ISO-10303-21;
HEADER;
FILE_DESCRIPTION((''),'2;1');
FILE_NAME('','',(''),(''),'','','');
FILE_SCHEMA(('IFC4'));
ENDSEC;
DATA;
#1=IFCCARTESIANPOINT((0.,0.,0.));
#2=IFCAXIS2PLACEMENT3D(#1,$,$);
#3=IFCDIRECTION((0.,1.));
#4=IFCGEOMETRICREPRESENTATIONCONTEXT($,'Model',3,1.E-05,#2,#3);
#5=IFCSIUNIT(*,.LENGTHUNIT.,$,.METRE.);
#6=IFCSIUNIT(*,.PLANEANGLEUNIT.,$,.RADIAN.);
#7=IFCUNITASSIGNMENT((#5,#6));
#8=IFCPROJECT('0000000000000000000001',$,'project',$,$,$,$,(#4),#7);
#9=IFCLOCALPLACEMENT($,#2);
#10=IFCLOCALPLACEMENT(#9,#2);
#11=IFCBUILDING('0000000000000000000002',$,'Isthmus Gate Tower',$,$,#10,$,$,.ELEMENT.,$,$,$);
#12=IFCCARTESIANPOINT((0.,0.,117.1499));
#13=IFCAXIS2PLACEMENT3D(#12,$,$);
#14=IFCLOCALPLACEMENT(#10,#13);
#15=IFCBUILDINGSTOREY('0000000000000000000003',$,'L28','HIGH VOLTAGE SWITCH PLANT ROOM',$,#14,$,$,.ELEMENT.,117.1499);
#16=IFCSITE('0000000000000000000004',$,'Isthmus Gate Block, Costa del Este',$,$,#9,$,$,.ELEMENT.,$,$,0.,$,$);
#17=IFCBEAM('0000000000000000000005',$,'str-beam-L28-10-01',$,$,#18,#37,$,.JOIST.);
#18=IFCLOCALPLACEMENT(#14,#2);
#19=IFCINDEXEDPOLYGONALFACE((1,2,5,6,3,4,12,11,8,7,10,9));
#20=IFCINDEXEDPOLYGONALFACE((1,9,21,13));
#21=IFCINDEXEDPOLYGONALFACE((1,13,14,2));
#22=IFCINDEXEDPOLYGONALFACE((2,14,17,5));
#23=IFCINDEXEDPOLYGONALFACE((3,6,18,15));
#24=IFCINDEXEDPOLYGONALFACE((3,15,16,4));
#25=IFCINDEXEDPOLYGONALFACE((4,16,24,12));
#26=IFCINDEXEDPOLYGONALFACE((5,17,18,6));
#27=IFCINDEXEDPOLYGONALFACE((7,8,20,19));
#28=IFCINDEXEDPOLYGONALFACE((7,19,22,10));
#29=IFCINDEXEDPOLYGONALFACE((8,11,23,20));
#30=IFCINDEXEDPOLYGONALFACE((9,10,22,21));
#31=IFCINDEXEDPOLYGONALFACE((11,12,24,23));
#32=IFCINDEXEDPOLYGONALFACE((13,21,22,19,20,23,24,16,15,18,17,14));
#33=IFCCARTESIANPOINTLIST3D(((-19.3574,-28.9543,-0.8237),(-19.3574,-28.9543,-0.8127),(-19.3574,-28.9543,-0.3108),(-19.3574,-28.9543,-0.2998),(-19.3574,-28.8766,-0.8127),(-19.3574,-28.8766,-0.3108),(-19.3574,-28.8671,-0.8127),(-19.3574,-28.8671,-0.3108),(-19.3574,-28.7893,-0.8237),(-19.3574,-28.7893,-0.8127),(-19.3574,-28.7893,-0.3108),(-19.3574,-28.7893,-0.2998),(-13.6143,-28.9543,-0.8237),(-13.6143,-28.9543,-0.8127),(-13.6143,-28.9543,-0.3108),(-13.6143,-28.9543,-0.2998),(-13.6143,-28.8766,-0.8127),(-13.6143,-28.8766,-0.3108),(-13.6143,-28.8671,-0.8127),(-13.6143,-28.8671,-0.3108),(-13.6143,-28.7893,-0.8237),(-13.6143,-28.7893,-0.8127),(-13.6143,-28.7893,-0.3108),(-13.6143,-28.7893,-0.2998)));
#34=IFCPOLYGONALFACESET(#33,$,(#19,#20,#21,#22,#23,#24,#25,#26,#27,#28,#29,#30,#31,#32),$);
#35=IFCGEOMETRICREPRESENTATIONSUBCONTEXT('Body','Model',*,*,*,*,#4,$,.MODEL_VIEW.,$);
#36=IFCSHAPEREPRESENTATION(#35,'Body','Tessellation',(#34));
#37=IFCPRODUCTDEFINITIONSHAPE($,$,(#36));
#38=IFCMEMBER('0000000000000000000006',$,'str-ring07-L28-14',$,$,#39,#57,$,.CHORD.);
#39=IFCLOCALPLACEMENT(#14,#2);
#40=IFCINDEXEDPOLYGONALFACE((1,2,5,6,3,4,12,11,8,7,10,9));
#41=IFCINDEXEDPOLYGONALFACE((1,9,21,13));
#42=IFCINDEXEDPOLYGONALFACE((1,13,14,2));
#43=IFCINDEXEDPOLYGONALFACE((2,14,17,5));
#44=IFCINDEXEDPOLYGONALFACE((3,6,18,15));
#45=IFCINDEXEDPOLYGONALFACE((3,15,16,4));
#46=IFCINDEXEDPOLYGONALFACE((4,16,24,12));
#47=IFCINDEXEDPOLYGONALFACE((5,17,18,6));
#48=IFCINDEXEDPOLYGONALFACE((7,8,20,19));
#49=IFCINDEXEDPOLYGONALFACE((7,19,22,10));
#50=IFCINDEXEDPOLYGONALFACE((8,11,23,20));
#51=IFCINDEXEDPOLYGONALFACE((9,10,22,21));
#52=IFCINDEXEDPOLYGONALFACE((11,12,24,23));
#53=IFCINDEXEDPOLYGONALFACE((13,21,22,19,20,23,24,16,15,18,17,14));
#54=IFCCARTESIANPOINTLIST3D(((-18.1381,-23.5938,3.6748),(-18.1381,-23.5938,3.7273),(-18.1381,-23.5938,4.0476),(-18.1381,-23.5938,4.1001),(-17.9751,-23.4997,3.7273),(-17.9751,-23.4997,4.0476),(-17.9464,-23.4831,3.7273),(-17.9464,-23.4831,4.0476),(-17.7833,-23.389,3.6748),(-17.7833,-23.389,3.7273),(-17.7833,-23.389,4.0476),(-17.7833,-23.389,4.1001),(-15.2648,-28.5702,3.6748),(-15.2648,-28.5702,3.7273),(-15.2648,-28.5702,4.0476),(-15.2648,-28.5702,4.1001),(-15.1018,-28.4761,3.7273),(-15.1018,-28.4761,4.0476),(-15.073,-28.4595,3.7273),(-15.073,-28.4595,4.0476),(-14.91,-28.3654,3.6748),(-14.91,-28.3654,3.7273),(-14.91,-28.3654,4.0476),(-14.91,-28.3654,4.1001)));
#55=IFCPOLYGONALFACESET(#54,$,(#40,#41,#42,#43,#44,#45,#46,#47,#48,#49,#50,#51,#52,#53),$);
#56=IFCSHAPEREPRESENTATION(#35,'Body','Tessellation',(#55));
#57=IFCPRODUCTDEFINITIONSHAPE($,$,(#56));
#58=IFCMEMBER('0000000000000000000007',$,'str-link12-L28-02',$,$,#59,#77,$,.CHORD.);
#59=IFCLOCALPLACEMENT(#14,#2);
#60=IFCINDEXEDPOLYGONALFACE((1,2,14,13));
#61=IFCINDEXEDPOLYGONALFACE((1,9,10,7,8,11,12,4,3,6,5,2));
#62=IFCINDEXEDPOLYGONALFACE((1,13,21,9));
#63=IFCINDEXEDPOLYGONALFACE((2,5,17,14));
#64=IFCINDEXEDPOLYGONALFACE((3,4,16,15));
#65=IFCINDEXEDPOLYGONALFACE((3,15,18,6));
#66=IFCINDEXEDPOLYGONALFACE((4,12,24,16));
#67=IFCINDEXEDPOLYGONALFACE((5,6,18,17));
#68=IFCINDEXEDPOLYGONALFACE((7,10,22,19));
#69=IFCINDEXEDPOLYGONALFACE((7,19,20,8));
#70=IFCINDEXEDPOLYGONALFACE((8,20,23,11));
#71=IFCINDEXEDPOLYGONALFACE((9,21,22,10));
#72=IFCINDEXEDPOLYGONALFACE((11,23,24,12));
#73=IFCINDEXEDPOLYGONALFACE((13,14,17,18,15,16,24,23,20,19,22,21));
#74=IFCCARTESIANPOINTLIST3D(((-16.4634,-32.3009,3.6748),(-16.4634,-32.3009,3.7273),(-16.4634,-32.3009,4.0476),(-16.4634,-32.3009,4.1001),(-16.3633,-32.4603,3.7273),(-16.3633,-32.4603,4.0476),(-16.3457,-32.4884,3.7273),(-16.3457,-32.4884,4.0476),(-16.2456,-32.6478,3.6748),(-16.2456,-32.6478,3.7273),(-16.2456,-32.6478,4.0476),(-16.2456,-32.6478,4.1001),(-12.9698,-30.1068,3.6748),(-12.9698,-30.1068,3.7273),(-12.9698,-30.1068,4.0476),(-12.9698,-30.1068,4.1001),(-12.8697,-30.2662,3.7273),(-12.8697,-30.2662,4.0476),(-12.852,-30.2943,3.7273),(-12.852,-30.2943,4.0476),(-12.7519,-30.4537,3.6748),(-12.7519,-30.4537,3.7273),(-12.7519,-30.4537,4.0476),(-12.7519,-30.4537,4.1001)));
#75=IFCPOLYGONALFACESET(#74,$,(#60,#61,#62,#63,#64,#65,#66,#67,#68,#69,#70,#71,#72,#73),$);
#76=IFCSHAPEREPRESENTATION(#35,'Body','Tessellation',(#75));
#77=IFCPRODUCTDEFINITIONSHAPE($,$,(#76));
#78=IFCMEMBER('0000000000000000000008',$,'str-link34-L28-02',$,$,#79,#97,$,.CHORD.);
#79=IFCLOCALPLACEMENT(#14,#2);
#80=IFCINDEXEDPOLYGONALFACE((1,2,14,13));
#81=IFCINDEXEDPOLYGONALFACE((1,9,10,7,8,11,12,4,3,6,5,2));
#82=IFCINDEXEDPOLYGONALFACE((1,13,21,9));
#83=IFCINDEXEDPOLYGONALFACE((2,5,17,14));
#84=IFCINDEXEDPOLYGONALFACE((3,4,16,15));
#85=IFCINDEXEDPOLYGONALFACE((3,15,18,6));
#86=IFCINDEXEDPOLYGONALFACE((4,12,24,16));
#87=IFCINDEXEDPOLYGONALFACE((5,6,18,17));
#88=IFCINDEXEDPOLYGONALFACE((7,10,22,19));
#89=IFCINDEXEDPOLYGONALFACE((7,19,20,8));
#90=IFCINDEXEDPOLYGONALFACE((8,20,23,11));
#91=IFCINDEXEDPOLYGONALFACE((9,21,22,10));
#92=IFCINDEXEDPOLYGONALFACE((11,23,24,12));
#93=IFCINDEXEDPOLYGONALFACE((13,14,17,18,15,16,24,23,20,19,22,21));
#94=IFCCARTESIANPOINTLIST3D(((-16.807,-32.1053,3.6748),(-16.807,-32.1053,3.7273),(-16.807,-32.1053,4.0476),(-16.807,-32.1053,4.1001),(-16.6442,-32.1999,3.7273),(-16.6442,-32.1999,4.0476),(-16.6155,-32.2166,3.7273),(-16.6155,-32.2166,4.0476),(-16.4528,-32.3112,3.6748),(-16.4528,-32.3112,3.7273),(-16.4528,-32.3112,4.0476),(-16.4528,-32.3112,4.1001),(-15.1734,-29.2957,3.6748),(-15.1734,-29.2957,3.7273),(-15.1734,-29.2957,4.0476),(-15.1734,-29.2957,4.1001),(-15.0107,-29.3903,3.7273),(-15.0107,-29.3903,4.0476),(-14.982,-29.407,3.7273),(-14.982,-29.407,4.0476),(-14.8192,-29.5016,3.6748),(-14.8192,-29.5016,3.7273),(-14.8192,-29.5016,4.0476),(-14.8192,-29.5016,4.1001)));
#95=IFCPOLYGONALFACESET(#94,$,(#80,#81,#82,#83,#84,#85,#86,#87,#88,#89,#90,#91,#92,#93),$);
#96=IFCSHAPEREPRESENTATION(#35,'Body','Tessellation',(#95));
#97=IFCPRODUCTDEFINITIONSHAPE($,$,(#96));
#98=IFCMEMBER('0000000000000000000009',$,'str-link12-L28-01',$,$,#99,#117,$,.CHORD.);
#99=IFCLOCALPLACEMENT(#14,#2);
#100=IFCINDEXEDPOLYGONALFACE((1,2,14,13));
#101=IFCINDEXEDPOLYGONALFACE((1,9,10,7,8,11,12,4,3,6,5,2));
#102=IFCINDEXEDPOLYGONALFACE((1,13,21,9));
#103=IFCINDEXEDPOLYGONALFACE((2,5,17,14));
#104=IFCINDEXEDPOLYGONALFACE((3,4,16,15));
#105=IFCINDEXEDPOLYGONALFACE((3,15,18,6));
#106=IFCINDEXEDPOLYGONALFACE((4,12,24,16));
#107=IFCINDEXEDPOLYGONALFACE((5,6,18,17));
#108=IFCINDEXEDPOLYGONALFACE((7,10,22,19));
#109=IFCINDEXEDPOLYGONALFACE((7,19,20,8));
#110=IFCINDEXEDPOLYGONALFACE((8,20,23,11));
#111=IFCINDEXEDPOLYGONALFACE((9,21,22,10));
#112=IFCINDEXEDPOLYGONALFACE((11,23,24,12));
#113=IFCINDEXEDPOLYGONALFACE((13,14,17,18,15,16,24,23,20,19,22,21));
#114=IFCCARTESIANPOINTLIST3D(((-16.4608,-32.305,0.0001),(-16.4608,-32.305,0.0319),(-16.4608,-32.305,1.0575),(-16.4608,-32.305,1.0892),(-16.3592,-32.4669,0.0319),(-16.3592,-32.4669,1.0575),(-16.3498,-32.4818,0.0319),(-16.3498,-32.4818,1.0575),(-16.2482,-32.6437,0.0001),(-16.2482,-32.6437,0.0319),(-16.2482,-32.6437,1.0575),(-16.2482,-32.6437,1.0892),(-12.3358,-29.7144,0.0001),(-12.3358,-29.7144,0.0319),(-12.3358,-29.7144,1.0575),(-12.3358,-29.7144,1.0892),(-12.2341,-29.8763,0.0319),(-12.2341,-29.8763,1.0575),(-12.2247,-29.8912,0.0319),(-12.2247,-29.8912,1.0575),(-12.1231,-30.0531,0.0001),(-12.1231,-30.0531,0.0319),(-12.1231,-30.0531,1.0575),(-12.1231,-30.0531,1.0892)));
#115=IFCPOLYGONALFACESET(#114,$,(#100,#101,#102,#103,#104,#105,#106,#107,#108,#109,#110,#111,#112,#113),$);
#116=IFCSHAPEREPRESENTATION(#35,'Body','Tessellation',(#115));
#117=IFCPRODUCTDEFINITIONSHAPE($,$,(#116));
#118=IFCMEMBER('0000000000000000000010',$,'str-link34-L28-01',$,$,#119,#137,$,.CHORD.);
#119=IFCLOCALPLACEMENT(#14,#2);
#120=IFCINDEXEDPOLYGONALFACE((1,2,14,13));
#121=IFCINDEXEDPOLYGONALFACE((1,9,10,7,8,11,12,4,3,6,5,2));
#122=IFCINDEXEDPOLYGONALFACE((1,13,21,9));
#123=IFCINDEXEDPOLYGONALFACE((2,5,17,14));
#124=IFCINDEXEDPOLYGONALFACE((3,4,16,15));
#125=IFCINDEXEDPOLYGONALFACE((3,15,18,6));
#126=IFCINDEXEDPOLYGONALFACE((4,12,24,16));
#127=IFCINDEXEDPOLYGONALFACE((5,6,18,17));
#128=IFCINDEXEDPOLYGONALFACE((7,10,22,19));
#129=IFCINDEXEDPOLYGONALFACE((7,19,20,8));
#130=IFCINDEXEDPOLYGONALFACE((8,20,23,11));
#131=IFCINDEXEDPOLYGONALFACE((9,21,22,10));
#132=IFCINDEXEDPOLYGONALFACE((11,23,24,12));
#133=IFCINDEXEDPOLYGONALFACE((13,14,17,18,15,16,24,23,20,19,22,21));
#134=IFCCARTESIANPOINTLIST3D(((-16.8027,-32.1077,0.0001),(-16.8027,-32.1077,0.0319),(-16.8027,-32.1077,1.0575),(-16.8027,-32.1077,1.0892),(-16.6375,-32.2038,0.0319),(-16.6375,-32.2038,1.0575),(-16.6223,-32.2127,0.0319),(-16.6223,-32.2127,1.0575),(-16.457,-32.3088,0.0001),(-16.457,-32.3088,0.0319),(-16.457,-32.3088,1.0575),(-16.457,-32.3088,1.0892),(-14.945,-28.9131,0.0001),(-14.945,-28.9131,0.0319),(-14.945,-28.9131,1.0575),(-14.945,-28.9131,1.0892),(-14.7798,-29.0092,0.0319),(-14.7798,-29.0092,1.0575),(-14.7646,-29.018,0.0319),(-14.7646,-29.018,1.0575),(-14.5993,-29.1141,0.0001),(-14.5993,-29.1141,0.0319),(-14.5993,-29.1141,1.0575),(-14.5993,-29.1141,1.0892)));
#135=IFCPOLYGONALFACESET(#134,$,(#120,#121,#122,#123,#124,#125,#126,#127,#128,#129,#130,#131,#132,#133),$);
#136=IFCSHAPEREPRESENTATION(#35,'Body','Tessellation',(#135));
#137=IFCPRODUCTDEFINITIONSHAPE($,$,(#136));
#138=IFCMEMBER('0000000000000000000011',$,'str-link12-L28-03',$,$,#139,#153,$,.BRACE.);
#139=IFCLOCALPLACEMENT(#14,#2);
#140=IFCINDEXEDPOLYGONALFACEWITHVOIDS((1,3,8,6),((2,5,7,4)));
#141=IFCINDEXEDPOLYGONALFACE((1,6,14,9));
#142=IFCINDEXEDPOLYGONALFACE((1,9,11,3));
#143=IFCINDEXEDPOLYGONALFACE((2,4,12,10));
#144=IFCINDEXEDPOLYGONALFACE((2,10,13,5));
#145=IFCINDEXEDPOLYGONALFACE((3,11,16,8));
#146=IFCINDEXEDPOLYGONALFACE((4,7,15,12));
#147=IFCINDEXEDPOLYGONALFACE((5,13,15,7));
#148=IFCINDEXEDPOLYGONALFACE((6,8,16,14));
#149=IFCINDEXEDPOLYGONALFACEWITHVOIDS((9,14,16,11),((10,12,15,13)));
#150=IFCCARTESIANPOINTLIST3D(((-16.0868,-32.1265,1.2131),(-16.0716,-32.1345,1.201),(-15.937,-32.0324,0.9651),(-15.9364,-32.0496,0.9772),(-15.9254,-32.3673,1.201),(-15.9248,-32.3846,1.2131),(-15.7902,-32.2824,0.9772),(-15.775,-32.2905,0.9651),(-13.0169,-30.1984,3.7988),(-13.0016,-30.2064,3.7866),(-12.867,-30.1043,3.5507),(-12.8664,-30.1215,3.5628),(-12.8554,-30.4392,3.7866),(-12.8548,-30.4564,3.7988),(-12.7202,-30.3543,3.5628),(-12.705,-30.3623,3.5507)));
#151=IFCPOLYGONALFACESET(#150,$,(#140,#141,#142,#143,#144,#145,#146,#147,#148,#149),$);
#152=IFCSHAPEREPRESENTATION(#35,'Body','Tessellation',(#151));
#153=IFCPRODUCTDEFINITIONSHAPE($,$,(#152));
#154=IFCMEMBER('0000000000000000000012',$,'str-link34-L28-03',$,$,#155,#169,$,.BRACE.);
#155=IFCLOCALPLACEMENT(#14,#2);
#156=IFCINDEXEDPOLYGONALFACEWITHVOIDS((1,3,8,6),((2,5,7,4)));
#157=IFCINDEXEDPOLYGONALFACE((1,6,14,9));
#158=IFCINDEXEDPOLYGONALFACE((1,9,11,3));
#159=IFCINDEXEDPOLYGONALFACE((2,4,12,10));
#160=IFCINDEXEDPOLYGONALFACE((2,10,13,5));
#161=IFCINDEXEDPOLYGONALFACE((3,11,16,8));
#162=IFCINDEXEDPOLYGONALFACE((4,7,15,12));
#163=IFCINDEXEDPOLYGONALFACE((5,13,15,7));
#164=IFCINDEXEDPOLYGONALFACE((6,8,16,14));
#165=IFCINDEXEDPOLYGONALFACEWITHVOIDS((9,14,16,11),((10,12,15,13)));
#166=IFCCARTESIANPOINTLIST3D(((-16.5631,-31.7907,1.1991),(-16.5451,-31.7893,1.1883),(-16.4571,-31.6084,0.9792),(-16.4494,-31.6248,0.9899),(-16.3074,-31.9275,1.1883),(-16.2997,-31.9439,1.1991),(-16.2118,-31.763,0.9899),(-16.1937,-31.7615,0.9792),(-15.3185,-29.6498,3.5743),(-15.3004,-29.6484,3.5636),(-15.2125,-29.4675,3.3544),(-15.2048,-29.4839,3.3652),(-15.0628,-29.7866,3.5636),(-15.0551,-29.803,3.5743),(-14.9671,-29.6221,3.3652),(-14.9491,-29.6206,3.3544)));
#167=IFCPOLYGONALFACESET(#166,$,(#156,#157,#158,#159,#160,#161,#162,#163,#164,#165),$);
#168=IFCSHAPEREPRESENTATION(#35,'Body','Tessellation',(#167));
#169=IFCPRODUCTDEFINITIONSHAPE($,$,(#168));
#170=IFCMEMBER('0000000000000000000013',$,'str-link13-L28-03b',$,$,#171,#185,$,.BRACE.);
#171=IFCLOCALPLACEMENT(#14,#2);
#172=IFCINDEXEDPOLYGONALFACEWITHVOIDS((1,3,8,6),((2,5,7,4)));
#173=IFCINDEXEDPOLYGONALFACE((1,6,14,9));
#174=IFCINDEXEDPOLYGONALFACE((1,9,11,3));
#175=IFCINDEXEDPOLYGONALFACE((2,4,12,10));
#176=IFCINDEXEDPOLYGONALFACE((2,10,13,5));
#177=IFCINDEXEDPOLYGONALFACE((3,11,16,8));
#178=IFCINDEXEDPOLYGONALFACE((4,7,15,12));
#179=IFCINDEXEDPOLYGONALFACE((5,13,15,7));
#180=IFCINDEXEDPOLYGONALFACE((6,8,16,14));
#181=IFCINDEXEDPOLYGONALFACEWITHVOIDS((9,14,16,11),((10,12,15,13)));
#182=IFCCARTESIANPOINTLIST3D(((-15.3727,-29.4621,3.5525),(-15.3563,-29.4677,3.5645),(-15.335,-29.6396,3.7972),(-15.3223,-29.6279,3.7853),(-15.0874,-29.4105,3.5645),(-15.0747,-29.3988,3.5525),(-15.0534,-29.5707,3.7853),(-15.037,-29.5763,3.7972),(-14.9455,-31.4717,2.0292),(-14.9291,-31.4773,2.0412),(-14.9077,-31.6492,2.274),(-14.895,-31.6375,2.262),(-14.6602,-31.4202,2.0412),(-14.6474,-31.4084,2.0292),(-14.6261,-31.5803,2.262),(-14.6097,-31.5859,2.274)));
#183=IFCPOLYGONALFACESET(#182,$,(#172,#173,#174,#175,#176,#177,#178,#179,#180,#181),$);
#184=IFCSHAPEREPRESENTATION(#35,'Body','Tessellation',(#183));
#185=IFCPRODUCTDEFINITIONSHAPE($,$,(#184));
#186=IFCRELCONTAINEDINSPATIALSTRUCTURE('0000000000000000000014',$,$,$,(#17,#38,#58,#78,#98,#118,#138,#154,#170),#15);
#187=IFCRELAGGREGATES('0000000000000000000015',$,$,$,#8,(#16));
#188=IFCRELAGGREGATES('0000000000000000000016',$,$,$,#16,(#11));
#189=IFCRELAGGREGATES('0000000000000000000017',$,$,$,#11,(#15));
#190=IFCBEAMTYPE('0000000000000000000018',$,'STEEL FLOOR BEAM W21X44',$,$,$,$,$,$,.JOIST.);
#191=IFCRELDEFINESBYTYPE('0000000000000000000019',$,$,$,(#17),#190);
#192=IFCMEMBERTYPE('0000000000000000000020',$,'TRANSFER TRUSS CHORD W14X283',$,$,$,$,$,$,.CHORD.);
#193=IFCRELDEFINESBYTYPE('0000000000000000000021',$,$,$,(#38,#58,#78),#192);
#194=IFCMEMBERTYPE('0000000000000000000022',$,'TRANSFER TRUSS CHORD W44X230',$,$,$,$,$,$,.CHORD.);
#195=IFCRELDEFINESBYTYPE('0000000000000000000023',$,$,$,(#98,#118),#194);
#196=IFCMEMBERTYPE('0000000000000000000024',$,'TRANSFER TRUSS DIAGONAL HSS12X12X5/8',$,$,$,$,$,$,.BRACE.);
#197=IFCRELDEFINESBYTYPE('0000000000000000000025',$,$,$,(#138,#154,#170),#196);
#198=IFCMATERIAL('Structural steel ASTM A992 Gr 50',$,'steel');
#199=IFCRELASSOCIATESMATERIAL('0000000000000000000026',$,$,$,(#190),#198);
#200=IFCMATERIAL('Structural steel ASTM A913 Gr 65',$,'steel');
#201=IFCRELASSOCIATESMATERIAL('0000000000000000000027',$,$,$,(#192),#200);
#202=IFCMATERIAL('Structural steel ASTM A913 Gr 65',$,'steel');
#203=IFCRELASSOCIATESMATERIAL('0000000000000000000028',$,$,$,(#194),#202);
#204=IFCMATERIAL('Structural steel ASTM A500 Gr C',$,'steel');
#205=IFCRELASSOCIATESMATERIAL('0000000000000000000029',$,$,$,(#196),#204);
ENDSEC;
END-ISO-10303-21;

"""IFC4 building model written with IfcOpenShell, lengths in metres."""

from ifc_helpers import new_model, si_unit, direction, frame, origin, origin_2d, place, context, subcontext, project, spatial, hollow_rectangle, i_section, extrude, material, material_profile, profile_set, type_object, element, save


model = new_model("IFC4")

# Units and contexts
model_context = context("Model", 3, precision=1e-05, world=origin(), true_north=direction((0.0, 1.0)))
body_context = subcontext(model_context, "Body", "Model", "MODEL_VIEW")
ifc_project = project(units=[si_unit("LENGTHUNIT", "METRE"), si_unit("PLANEANGLEUNIT", "RADIAN")], contexts=[model_context])

# Site, building, storey
site_placement = place(None, origin())
site = spatial("IfcSite", under=ifc_project, at=site_placement, Name="Isthmus Gate Block, Costa del Este", CompositionType="ELEMENT", RefElevation=0.0)
building_placement = place(site_placement, origin())
building = spatial("IfcBuilding", under=site, at=building_placement, Name="Isthmus Gate Tower", CompositionType="ELEMENT")
storey_placement = place(building_placement, frame((0.0, 0.0, 117.1499)))
storey = spatial("IfcBuildingStorey", under=building, at=storey_placement, Name="L28", Description="HIGH VOLTAGE SWITCH PLANT ROOM", CompositionType="ELEMENT", Elevation=117.1499)

# Beam
ifc_material_1 = material(Name="Structural steel ASTM A992 Gr 50", Category="steel")
ifc_material_profile_1 = material_profile(ifc_material_1, i_section(OverallWidth=0.165, OverallDepth=0.5239, WebThickness=0.0095, FlangeThickness=0.011, at=origin_2d()), Name="W21X44")
ifc_profile_set_1 = profile_set([ifc_material_profile_1], Name="Structural steel ASTM A992 Gr 50")
beam_type_1 = type_object("IfcBeamType", Name="STEEL FLOOR BEAM W21X44", PredefinedType="JOIST", material=ifc_profile_set_1)
beam_1_placement = place(storey_placement, frame((-19.3574, -28.8718, -0.5618), z_axis=(1.0, 0.0, 0.0), x_axis=(0.0, 1.0, 0.0)))
element("IfcBeam", 1, at=beam_1_placement, inside=storey, type_object=beam_type_1, Name="str-beam-L28-10-01", PredefinedType="JOIST", context=body_context, shape_type="SweptSolid", body=[
    extrude(i_section(OverallWidth=0.165, OverallDepth=0.5239, WebThickness=0.0095, FlangeThickness=0.011, at=origin_2d()), origin(), (0.0, 0.0, 1.0), 5.7432),
])

# Members
ifc_material_2 = material(Name="Structural steel ASTM A913 Gr 65", Category="steel")
ifc_material_profile_2 = material_profile(ifc_material_2, i_section(OverallWidth=0.4097, OverallDepth=0.4253, WebThickness=0.0332, FlangeThickness=0.0525, at=origin_2d()), Name="W14X283")
ifc_profile_set_2 = profile_set([ifc_material_profile_2], Name="Structural steel ASTM A913 Gr 65")
member_type_1 = type_object("IfcMemberType", Name="TRANSFER TRUSS CHORD W14X283", PredefinedType="CHORD", material=ifc_profile_set_2)
member_1_placement = place(storey_placement, frame((-15.0874, -28.4678, 3.8875), z_axis=(-0.500028, 0.866009, 0.0), x_axis=(-0.866009, -0.500028, 0.0)))
element("IfcMember", 2, at=member_1_placement, inside=storey, type_object=member_type_1, Name="str-ring07-L28-14", PredefinedType="CHORD", context=body_context, shape_type="SweptSolid", body=[
    extrude(i_section(OverallWidth=0.4097, OverallDepth=0.4253, WebThickness=0.0332, FlangeThickness=0.0525, at=origin_2d()), origin(), (0.0, 0.0, 1.0), 5.7463),
])
member_2_placement = place(storey_placement, frame((-16.3545, -32.4744, 3.8875), z_axis=(0.846846, 0.531838, 0.0), x_axis=(-0.531838, 0.846846, 0.0)))
element("IfcMember", 3, at=member_2_placement, inside=storey, type_object=member_type_1, Name="str-link12-L28-02", PredefinedType="CHORD", context=body_context, shape_type="SweptSolid", body=[
    extrude(i_section(OverallWidth=0.4097, OverallDepth=0.4253, WebThickness=0.0332, FlangeThickness=0.0525, at=origin_2d()), origin(), (0.0, 0.0, 1.0), 4.1255),
])
member_3_placement = place(storey_placement, frame((-16.6299, -32.2083, 3.8875), z_axis=(0.502637, 0.864497, 0.0), x_axis=(-0.864497, 0.502637, 0.0)))
element("IfcMember", 4, at=member_3_placement, inside=storey, type_object=member_type_1, Name="str-link34-L28-02", PredefinedType="CHORD", context=body_context, shape_type="SweptSolid", body=[
    extrude(i_section(OverallWidth=0.4097, OverallDepth=0.4253, WebThickness=0.0332, FlangeThickness=0.0525, at=origin_2d()), origin(), (0.0, 0.0, 1.0), 3.25),
])
ifc_material_3 = material(Name="Structural steel ASTM A913 Gr 65", Category="steel")
ifc_material_profile_3 = material_profile(ifc_material_3, i_section(OverallWidth=0.3999, OverallDepth=1.0891, WebThickness=0.0176, FlangeThickness=0.0317, at=origin_2d()), Name="W44X230")
ifc_profile_set_3 = profile_set([ifc_material_profile_3], Name="Structural steel ASTM A913 Gr 65")
member_type_2 = type_object("IfcMemberType", Name="TRANSFER TRUSS CHORD W44X230", PredefinedType="CHORD", material=ifc_profile_set_3)
member_4_placement = place(storey_placement, frame((-16.3545, -32.4744, 0.5447), z_axis=(0.846847, 0.531836, 0.0), x_axis=(-0.531836, 0.846847, 0.0)))
element("IfcMember", 5, at=member_4_placement, inside=storey, type_object=member_type_2, Name="str-link12-L28-01", PredefinedType="CHORD", context=body_context, shape_type="SweptSolid", body=[
    extrude(i_section(OverallWidth=0.3999, OverallDepth=1.0891, WebThickness=0.0176, FlangeThickness=0.0317, at=origin_2d()), origin(), (0.0, 0.0, 1.0), 4.8711),
])
member_5_placement = place(storey_placement, frame((-16.6299, -32.2083, 0.5447), z_axis=(0.502692, 0.864466, 0.0), x_axis=(-0.864466, 0.502692, 0.0)))
element("IfcMember", 6, at=member_5_placement, inside=storey, type_object=member_type_2, Name="str-link34-L28-01", PredefinedType="CHORD", context=body_context, shape_type="SweptSolid", body=[
    extrude(i_section(OverallWidth=0.3999, OverallDepth=1.0891, WebThickness=0.0176, FlangeThickness=0.0317, at=origin_2d()), origin(), (0.0, 0.0, 1.0), 3.6956),
])
ifc_material_4 = material(Name="Structural steel ASTM A500 Gr C", Category="steel")
ifc_material_profile_4 = material_profile(ifc_material_4, hollow_rectangle(XDim=0.3047, YDim=0.3047, WallThickness=0.0149, at=origin_2d()), Name="HSS12X12X5/8")
ifc_profile_set_4 = profile_set([ifc_material_profile_4], Name="Structural steel ASTM A500 Gr C")
member_type_3 = type_object("IfcMemberType", Name="TRANSFER TRUSS DIAGONAL HSS12X12X5/8", PredefinedType="BRACE", material=ifc_profile_set_4)
member_6_placement = place(storey_placement, frame((-15.9309, -32.2085, 1.0891), z_axis=(0.689439, 0.433017, 0.580664), x_axis=(-0.531868, 0.846827, 0.0)))
element("IfcMember", 7, at=member_6_placement, inside=storey, type_object=member_type_3, Name="str-link12-L28-03", PredefinedType="BRACE", context=body_context, shape_type="SweptSolid", body=[
    extrude(hollow_rectangle(XDim=0.3047, YDim=0.3047, WallThickness=0.0149, at=origin_2d()), origin(), (0.0, 0.0, 1.0), 4.4529),
])
member_7_placement = place(storey_placement, frame((-16.3784, -31.7761, 1.0891), z_axis=(0.362722, 0.623913, 0.692217), x_axis=(-0.864518, 0.502602, 0.0)))
element("IfcMember", 8, at=member_7_placement, inside=storey, type_object=member_type_3, Name="str-link34-L28-03", PredefinedType="BRACE", context=body_context, shape_type="SweptSolid", body=[
    extrude(hollow_rectangle(XDim=0.3047, YDim=0.3047, WallThickness=0.0149, at=origin_2d()), origin(), (0.0, 0.0, 1.0), 3.4314),
])
member_8_placement = place(storey_placement, frame((-14.7776, -31.5288, 2.1516), z_axis=(-0.167056, 0.785735, 0.595578), x_axis=(-0.978137, -0.207963, 0.0)))
element("IfcMember", 9, at=member_8_placement, inside=storey, type_object=member_type_3, Name="str-link13-L28-03b", PredefinedType="BRACE", context=body_context, shape_type="SweptSolid", body=[
    extrude(hollow_rectangle(XDim=0.3047, YDim=0.3047, WallThickness=0.0149, at=origin_2d()), origin(), (0.0, 0.0, 1.0), 2.5576),
])

save(model, "model.ifc")
